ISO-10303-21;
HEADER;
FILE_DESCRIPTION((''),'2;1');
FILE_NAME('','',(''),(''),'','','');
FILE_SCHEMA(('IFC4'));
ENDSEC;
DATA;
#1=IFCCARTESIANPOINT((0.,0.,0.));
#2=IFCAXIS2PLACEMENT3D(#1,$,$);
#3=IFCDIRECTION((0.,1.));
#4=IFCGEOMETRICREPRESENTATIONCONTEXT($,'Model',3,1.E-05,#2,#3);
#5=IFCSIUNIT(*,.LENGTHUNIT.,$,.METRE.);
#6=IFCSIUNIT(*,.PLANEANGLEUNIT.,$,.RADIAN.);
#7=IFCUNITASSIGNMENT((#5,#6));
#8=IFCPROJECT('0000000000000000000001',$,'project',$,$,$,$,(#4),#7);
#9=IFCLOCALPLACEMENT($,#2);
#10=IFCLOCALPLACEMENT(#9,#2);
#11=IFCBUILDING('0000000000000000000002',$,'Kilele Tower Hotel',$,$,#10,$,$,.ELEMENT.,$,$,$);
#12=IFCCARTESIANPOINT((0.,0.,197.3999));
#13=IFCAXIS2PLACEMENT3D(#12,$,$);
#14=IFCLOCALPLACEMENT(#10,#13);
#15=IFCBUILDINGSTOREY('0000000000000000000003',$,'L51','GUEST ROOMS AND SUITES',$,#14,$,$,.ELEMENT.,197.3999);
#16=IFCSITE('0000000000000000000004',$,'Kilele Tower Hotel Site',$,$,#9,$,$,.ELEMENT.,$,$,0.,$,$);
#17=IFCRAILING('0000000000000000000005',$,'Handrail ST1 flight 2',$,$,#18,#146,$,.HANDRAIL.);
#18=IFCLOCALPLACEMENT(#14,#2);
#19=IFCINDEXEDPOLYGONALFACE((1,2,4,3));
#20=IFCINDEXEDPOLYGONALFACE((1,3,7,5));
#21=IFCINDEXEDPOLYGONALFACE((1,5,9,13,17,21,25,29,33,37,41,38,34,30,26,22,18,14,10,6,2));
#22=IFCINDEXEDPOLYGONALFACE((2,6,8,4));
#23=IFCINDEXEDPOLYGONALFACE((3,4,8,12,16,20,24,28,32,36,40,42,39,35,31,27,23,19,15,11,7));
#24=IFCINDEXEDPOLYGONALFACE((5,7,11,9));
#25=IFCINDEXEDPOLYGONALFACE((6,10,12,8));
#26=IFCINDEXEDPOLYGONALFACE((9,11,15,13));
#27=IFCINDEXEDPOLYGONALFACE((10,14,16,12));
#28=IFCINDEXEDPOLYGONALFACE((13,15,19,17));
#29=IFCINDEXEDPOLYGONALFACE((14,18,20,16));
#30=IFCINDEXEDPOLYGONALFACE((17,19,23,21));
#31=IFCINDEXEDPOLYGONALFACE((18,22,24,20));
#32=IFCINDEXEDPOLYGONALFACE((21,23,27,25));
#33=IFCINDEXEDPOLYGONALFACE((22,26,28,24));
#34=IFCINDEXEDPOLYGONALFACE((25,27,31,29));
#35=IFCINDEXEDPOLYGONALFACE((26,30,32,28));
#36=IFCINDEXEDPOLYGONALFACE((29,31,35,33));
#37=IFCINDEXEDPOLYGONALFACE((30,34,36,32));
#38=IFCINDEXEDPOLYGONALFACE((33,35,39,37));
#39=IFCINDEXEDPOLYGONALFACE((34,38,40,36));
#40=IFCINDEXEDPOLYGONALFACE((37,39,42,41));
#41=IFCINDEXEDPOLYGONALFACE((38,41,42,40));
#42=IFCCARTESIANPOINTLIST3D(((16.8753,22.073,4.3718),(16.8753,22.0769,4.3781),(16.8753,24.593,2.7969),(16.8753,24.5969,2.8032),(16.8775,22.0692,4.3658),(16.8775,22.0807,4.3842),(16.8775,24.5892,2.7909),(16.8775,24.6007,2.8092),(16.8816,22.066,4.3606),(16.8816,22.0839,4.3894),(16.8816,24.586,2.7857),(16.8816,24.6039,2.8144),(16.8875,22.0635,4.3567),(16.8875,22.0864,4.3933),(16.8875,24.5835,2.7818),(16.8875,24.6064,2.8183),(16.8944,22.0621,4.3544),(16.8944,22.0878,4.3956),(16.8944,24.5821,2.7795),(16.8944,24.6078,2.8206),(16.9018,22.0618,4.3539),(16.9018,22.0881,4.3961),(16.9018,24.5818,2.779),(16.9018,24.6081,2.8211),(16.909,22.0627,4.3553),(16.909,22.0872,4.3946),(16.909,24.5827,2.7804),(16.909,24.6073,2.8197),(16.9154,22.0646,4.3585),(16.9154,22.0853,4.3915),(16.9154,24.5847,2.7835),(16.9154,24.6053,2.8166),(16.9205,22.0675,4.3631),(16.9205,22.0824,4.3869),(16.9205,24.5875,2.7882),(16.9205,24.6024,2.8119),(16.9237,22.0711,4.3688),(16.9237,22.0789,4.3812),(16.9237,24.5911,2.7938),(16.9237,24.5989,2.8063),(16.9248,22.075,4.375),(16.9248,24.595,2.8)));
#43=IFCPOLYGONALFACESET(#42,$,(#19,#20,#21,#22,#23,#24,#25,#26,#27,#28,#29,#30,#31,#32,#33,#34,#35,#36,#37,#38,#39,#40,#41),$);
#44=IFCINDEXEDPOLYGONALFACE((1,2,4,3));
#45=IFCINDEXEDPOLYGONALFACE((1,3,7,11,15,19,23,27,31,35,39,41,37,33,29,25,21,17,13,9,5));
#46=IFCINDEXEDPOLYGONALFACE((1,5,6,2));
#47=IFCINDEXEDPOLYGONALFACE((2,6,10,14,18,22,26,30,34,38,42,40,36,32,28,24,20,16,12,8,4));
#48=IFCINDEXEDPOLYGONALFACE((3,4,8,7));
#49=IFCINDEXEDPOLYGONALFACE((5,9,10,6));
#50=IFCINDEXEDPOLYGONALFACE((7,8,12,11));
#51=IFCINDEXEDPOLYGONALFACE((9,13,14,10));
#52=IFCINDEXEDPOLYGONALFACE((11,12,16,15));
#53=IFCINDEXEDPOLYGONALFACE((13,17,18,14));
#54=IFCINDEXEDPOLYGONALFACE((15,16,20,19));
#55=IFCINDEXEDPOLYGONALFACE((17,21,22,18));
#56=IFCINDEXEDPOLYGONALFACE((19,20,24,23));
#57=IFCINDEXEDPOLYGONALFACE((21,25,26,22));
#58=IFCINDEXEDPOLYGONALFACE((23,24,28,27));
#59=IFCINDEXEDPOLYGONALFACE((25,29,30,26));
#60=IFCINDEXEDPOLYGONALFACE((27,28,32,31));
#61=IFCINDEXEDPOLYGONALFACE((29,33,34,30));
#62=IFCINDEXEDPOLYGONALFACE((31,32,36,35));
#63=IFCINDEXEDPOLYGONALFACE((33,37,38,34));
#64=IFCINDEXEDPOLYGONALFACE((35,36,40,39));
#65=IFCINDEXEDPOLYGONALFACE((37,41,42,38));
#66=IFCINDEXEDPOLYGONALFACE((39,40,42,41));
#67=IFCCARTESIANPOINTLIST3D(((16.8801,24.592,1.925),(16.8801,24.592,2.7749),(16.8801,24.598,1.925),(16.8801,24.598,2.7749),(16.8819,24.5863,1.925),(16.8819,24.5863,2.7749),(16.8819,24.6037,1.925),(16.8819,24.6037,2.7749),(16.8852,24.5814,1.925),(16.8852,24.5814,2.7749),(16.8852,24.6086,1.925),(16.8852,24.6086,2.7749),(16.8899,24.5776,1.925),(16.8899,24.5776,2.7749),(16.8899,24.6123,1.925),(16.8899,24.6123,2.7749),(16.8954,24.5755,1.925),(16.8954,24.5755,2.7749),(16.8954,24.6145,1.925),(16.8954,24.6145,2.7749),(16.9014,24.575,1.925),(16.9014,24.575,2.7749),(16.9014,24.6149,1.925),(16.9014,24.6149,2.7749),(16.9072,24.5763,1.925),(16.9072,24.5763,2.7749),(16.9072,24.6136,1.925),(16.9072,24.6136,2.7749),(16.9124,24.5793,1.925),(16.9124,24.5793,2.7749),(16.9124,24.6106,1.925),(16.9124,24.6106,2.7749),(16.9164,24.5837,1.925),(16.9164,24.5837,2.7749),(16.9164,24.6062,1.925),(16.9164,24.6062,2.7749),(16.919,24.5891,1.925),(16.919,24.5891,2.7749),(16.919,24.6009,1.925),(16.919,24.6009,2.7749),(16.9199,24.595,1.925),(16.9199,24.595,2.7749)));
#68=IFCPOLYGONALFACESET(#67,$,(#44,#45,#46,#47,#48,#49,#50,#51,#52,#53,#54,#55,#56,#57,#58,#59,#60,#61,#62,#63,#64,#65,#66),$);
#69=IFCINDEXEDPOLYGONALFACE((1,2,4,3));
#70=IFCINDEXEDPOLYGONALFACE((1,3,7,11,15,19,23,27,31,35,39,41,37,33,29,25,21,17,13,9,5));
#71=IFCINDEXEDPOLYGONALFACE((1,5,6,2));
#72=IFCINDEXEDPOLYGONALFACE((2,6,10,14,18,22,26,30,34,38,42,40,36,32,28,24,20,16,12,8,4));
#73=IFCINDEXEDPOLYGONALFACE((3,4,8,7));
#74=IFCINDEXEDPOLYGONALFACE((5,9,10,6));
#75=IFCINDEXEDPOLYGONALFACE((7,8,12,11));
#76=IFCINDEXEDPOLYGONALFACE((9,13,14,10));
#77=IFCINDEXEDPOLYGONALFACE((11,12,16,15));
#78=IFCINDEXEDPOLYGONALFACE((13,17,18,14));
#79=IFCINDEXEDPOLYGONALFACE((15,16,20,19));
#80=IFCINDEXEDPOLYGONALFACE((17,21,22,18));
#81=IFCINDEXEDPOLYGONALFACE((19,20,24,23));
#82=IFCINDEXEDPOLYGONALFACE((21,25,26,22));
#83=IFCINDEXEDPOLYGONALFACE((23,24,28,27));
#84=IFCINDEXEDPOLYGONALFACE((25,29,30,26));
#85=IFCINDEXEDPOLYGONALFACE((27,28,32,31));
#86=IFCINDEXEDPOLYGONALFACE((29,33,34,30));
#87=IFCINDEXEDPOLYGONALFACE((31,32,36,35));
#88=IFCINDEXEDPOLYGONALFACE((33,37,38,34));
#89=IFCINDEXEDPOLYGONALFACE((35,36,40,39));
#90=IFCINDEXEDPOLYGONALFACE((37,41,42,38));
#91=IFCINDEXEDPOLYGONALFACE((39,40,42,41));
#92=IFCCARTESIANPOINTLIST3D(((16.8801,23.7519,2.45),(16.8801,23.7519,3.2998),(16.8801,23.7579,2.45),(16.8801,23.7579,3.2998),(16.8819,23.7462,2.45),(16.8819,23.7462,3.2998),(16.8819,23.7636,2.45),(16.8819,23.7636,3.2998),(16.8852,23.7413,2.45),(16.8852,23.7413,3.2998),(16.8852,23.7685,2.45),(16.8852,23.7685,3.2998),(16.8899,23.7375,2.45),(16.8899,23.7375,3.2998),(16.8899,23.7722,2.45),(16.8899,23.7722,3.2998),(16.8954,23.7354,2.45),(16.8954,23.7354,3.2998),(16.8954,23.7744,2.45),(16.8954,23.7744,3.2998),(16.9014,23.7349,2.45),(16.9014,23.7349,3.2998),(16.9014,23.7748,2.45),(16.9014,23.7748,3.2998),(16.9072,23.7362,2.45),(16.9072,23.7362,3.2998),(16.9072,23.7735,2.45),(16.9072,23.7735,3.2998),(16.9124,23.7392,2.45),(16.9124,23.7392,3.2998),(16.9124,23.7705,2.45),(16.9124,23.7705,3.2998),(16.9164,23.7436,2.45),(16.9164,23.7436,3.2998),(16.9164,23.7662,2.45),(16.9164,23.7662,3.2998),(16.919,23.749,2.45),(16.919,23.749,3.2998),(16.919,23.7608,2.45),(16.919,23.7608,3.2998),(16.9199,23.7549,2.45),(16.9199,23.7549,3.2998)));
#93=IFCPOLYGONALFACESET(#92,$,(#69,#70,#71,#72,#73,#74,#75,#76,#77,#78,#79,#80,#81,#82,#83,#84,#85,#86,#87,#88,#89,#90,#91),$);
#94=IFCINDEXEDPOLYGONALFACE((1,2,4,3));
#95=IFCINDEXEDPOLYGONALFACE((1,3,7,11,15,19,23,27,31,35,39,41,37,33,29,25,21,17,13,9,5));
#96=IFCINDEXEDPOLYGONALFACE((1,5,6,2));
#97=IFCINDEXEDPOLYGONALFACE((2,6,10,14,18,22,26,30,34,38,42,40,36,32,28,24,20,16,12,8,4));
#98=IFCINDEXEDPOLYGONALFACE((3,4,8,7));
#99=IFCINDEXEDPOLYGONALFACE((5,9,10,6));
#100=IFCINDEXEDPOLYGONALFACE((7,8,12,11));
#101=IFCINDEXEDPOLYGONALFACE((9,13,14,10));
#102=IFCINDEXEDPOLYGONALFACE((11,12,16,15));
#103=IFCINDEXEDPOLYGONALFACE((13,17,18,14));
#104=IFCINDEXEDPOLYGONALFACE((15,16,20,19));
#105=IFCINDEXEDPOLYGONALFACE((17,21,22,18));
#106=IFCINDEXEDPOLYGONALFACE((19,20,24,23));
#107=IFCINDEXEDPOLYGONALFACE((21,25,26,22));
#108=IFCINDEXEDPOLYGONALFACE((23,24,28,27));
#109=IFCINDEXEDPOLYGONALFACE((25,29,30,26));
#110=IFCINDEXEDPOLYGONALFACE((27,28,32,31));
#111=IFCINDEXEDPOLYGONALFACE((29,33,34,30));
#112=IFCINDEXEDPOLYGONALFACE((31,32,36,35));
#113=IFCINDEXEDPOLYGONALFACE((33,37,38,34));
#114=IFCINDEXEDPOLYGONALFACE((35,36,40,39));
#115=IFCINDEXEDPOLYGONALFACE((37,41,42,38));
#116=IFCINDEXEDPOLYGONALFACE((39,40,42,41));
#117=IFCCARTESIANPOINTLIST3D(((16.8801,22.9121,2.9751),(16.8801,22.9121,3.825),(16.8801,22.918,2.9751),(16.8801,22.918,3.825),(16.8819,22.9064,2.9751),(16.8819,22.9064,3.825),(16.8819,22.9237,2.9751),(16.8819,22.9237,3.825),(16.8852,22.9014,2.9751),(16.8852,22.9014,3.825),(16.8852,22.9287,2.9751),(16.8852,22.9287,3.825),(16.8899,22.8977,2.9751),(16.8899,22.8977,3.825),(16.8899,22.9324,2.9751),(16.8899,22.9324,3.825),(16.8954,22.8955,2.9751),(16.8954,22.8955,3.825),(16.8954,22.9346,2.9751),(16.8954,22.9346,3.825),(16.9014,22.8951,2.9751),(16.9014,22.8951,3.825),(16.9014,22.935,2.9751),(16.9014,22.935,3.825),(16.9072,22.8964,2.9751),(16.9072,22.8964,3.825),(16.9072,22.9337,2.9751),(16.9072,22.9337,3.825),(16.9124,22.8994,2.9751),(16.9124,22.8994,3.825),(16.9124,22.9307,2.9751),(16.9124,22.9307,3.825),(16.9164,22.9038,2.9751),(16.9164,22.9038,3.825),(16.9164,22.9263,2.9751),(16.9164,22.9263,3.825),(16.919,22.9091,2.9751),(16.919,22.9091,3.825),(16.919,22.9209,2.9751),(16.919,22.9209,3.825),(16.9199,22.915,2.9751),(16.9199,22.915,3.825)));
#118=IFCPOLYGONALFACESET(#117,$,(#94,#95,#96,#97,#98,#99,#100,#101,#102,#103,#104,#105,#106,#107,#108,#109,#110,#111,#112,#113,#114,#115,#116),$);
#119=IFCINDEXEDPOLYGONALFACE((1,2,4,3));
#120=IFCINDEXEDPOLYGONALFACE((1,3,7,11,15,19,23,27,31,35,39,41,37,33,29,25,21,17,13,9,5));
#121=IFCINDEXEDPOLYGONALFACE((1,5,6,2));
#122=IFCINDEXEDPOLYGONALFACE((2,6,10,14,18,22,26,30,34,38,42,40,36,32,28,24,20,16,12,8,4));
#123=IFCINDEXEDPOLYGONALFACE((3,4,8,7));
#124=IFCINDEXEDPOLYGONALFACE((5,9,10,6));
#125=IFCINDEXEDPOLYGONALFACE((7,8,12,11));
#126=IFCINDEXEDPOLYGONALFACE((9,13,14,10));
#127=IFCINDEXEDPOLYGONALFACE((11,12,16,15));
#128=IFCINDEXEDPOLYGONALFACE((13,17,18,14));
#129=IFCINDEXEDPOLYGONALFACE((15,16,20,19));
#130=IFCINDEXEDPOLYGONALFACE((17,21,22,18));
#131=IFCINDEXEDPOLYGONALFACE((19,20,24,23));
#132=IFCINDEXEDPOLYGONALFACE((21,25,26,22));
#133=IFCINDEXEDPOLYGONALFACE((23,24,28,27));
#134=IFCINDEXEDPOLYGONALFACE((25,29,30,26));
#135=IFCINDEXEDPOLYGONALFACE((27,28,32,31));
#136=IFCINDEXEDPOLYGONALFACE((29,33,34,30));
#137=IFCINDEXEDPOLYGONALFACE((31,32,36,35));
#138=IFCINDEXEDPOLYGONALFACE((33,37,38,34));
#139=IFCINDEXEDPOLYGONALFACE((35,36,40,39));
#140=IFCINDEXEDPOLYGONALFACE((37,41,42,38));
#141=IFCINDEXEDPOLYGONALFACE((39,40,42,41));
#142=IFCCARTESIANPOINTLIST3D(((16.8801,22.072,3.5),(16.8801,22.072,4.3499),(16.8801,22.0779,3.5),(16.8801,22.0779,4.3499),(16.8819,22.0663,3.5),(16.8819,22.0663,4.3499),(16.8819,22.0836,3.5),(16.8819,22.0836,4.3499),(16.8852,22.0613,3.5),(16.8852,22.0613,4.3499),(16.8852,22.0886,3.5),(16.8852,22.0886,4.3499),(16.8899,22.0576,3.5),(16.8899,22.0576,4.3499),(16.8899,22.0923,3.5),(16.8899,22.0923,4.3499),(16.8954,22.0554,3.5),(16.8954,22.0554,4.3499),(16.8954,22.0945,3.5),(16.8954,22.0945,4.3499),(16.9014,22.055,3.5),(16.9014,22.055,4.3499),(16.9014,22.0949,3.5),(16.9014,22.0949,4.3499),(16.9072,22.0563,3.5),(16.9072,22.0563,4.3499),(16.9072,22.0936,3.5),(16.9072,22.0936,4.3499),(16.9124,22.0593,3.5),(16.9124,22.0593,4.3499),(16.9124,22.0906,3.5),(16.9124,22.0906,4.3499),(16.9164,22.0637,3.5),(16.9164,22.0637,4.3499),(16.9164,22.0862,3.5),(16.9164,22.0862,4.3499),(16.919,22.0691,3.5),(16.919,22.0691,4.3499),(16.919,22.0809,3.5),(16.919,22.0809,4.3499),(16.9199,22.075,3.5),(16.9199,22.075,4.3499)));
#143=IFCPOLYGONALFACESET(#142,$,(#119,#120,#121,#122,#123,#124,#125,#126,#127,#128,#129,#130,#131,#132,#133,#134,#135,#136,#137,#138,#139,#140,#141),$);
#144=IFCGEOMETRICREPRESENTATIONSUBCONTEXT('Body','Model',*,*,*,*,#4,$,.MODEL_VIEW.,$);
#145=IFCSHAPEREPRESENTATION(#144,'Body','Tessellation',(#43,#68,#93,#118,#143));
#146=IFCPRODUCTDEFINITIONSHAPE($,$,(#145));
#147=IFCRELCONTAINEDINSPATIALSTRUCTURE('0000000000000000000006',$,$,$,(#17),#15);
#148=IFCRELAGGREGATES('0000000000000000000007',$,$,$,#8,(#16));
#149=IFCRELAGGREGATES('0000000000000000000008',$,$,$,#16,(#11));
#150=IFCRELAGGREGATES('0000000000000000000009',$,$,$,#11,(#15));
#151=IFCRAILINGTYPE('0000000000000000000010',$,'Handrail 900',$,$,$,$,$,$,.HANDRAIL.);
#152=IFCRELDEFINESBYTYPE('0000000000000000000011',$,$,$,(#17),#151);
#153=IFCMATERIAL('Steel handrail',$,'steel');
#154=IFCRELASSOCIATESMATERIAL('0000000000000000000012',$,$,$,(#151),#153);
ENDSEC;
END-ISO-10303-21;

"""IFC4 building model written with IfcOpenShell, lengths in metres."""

from ifc_helpers import new_model, si_unit, direction, frame, origin, origin_2d, place, context, subcontext, project, spatial, circle, extrude, material, type_object, element, save


model = new_model("IFC4")

# Units and contexts
model_context = context("Model", 3, precision=1e-05, world=origin(), true_north=direction((0.0, 1.0)))
body_context = subcontext(model_context, "Body", "Model", "MODEL_VIEW")
ifc_project = project(units=[si_unit("LENGTHUNIT", "METRE"), si_unit("PLANEANGLEUNIT", "RADIAN")], contexts=[model_context])

# Site, building, storey
site_placement = place(None, origin())
site = spatial("IfcSite", under=ifc_project, at=site_placement, Name="Kilele Tower Hotel Site", CompositionType="ELEMENT", RefElevation=0.0)
building_placement = place(site_placement, origin())
building = spatial("IfcBuilding", under=site, at=building_placement, Name="Kilele Tower Hotel", CompositionType="ELEMENT")
storey_placement = place(building_placement, frame((0.0, 0.0, 197.3999)))
storey = spatial("IfcBuildingStorey", under=building, at=storey_placement, Name="L51", Description="GUEST ROOMS AND SUITES", CompositionType="ELEMENT", Elevation=197.3999)

# Railing
ifc_material_1 = material(Name="Steel handrail", Category="steel")
railing_type_1 = type_object("IfcRailingType", Name="Handrail 900", PredefinedType="HANDRAIL", material=ifc_material_1)
for number, where, name in (
    (1, (16.8999, 24.595, 1.925), "Handrail ST1 flight 2"),
):
    element("IfcRailing", number, at=place(storey_placement, frame(where)), inside=storey, type_object=railing_type_1, Name=name, PredefinedType="HANDRAIL", context=body_context, shape_type="SweptSolid", body=[
        extrude(circle(Radius=0.0249, at=origin_2d()), frame((0.0, 0.0, 0.875), z_axis=(0.0, -0.848008, 0.529984), x_axis=(1.0, 0.0, 0.0)), (0.0, 0.0, 1.0), 2.9717),
        extrude(circle(Radius=0.02, at=origin_2d()), origin(), (0.0, 0.0, 1.0), 0.8499),
        extrude(circle(Radius=0.02, at=origin_2d()), frame((0.0, -0.8401, 0.5249)), (0.0, 0.0, 1.0), 0.8499),
        extrude(circle(Radius=0.02, at=origin_2d()), frame((0.0, -1.6799, 1.05)), (0.0, 0.0, 1.0), 0.8499),
        extrude(circle(Radius=0.02, at=origin_2d()), frame((0.0, -2.52, 1.575)), (0.0, 0.0, 1.0), 0.8499),
    ])

save(model, "model.ifc")
